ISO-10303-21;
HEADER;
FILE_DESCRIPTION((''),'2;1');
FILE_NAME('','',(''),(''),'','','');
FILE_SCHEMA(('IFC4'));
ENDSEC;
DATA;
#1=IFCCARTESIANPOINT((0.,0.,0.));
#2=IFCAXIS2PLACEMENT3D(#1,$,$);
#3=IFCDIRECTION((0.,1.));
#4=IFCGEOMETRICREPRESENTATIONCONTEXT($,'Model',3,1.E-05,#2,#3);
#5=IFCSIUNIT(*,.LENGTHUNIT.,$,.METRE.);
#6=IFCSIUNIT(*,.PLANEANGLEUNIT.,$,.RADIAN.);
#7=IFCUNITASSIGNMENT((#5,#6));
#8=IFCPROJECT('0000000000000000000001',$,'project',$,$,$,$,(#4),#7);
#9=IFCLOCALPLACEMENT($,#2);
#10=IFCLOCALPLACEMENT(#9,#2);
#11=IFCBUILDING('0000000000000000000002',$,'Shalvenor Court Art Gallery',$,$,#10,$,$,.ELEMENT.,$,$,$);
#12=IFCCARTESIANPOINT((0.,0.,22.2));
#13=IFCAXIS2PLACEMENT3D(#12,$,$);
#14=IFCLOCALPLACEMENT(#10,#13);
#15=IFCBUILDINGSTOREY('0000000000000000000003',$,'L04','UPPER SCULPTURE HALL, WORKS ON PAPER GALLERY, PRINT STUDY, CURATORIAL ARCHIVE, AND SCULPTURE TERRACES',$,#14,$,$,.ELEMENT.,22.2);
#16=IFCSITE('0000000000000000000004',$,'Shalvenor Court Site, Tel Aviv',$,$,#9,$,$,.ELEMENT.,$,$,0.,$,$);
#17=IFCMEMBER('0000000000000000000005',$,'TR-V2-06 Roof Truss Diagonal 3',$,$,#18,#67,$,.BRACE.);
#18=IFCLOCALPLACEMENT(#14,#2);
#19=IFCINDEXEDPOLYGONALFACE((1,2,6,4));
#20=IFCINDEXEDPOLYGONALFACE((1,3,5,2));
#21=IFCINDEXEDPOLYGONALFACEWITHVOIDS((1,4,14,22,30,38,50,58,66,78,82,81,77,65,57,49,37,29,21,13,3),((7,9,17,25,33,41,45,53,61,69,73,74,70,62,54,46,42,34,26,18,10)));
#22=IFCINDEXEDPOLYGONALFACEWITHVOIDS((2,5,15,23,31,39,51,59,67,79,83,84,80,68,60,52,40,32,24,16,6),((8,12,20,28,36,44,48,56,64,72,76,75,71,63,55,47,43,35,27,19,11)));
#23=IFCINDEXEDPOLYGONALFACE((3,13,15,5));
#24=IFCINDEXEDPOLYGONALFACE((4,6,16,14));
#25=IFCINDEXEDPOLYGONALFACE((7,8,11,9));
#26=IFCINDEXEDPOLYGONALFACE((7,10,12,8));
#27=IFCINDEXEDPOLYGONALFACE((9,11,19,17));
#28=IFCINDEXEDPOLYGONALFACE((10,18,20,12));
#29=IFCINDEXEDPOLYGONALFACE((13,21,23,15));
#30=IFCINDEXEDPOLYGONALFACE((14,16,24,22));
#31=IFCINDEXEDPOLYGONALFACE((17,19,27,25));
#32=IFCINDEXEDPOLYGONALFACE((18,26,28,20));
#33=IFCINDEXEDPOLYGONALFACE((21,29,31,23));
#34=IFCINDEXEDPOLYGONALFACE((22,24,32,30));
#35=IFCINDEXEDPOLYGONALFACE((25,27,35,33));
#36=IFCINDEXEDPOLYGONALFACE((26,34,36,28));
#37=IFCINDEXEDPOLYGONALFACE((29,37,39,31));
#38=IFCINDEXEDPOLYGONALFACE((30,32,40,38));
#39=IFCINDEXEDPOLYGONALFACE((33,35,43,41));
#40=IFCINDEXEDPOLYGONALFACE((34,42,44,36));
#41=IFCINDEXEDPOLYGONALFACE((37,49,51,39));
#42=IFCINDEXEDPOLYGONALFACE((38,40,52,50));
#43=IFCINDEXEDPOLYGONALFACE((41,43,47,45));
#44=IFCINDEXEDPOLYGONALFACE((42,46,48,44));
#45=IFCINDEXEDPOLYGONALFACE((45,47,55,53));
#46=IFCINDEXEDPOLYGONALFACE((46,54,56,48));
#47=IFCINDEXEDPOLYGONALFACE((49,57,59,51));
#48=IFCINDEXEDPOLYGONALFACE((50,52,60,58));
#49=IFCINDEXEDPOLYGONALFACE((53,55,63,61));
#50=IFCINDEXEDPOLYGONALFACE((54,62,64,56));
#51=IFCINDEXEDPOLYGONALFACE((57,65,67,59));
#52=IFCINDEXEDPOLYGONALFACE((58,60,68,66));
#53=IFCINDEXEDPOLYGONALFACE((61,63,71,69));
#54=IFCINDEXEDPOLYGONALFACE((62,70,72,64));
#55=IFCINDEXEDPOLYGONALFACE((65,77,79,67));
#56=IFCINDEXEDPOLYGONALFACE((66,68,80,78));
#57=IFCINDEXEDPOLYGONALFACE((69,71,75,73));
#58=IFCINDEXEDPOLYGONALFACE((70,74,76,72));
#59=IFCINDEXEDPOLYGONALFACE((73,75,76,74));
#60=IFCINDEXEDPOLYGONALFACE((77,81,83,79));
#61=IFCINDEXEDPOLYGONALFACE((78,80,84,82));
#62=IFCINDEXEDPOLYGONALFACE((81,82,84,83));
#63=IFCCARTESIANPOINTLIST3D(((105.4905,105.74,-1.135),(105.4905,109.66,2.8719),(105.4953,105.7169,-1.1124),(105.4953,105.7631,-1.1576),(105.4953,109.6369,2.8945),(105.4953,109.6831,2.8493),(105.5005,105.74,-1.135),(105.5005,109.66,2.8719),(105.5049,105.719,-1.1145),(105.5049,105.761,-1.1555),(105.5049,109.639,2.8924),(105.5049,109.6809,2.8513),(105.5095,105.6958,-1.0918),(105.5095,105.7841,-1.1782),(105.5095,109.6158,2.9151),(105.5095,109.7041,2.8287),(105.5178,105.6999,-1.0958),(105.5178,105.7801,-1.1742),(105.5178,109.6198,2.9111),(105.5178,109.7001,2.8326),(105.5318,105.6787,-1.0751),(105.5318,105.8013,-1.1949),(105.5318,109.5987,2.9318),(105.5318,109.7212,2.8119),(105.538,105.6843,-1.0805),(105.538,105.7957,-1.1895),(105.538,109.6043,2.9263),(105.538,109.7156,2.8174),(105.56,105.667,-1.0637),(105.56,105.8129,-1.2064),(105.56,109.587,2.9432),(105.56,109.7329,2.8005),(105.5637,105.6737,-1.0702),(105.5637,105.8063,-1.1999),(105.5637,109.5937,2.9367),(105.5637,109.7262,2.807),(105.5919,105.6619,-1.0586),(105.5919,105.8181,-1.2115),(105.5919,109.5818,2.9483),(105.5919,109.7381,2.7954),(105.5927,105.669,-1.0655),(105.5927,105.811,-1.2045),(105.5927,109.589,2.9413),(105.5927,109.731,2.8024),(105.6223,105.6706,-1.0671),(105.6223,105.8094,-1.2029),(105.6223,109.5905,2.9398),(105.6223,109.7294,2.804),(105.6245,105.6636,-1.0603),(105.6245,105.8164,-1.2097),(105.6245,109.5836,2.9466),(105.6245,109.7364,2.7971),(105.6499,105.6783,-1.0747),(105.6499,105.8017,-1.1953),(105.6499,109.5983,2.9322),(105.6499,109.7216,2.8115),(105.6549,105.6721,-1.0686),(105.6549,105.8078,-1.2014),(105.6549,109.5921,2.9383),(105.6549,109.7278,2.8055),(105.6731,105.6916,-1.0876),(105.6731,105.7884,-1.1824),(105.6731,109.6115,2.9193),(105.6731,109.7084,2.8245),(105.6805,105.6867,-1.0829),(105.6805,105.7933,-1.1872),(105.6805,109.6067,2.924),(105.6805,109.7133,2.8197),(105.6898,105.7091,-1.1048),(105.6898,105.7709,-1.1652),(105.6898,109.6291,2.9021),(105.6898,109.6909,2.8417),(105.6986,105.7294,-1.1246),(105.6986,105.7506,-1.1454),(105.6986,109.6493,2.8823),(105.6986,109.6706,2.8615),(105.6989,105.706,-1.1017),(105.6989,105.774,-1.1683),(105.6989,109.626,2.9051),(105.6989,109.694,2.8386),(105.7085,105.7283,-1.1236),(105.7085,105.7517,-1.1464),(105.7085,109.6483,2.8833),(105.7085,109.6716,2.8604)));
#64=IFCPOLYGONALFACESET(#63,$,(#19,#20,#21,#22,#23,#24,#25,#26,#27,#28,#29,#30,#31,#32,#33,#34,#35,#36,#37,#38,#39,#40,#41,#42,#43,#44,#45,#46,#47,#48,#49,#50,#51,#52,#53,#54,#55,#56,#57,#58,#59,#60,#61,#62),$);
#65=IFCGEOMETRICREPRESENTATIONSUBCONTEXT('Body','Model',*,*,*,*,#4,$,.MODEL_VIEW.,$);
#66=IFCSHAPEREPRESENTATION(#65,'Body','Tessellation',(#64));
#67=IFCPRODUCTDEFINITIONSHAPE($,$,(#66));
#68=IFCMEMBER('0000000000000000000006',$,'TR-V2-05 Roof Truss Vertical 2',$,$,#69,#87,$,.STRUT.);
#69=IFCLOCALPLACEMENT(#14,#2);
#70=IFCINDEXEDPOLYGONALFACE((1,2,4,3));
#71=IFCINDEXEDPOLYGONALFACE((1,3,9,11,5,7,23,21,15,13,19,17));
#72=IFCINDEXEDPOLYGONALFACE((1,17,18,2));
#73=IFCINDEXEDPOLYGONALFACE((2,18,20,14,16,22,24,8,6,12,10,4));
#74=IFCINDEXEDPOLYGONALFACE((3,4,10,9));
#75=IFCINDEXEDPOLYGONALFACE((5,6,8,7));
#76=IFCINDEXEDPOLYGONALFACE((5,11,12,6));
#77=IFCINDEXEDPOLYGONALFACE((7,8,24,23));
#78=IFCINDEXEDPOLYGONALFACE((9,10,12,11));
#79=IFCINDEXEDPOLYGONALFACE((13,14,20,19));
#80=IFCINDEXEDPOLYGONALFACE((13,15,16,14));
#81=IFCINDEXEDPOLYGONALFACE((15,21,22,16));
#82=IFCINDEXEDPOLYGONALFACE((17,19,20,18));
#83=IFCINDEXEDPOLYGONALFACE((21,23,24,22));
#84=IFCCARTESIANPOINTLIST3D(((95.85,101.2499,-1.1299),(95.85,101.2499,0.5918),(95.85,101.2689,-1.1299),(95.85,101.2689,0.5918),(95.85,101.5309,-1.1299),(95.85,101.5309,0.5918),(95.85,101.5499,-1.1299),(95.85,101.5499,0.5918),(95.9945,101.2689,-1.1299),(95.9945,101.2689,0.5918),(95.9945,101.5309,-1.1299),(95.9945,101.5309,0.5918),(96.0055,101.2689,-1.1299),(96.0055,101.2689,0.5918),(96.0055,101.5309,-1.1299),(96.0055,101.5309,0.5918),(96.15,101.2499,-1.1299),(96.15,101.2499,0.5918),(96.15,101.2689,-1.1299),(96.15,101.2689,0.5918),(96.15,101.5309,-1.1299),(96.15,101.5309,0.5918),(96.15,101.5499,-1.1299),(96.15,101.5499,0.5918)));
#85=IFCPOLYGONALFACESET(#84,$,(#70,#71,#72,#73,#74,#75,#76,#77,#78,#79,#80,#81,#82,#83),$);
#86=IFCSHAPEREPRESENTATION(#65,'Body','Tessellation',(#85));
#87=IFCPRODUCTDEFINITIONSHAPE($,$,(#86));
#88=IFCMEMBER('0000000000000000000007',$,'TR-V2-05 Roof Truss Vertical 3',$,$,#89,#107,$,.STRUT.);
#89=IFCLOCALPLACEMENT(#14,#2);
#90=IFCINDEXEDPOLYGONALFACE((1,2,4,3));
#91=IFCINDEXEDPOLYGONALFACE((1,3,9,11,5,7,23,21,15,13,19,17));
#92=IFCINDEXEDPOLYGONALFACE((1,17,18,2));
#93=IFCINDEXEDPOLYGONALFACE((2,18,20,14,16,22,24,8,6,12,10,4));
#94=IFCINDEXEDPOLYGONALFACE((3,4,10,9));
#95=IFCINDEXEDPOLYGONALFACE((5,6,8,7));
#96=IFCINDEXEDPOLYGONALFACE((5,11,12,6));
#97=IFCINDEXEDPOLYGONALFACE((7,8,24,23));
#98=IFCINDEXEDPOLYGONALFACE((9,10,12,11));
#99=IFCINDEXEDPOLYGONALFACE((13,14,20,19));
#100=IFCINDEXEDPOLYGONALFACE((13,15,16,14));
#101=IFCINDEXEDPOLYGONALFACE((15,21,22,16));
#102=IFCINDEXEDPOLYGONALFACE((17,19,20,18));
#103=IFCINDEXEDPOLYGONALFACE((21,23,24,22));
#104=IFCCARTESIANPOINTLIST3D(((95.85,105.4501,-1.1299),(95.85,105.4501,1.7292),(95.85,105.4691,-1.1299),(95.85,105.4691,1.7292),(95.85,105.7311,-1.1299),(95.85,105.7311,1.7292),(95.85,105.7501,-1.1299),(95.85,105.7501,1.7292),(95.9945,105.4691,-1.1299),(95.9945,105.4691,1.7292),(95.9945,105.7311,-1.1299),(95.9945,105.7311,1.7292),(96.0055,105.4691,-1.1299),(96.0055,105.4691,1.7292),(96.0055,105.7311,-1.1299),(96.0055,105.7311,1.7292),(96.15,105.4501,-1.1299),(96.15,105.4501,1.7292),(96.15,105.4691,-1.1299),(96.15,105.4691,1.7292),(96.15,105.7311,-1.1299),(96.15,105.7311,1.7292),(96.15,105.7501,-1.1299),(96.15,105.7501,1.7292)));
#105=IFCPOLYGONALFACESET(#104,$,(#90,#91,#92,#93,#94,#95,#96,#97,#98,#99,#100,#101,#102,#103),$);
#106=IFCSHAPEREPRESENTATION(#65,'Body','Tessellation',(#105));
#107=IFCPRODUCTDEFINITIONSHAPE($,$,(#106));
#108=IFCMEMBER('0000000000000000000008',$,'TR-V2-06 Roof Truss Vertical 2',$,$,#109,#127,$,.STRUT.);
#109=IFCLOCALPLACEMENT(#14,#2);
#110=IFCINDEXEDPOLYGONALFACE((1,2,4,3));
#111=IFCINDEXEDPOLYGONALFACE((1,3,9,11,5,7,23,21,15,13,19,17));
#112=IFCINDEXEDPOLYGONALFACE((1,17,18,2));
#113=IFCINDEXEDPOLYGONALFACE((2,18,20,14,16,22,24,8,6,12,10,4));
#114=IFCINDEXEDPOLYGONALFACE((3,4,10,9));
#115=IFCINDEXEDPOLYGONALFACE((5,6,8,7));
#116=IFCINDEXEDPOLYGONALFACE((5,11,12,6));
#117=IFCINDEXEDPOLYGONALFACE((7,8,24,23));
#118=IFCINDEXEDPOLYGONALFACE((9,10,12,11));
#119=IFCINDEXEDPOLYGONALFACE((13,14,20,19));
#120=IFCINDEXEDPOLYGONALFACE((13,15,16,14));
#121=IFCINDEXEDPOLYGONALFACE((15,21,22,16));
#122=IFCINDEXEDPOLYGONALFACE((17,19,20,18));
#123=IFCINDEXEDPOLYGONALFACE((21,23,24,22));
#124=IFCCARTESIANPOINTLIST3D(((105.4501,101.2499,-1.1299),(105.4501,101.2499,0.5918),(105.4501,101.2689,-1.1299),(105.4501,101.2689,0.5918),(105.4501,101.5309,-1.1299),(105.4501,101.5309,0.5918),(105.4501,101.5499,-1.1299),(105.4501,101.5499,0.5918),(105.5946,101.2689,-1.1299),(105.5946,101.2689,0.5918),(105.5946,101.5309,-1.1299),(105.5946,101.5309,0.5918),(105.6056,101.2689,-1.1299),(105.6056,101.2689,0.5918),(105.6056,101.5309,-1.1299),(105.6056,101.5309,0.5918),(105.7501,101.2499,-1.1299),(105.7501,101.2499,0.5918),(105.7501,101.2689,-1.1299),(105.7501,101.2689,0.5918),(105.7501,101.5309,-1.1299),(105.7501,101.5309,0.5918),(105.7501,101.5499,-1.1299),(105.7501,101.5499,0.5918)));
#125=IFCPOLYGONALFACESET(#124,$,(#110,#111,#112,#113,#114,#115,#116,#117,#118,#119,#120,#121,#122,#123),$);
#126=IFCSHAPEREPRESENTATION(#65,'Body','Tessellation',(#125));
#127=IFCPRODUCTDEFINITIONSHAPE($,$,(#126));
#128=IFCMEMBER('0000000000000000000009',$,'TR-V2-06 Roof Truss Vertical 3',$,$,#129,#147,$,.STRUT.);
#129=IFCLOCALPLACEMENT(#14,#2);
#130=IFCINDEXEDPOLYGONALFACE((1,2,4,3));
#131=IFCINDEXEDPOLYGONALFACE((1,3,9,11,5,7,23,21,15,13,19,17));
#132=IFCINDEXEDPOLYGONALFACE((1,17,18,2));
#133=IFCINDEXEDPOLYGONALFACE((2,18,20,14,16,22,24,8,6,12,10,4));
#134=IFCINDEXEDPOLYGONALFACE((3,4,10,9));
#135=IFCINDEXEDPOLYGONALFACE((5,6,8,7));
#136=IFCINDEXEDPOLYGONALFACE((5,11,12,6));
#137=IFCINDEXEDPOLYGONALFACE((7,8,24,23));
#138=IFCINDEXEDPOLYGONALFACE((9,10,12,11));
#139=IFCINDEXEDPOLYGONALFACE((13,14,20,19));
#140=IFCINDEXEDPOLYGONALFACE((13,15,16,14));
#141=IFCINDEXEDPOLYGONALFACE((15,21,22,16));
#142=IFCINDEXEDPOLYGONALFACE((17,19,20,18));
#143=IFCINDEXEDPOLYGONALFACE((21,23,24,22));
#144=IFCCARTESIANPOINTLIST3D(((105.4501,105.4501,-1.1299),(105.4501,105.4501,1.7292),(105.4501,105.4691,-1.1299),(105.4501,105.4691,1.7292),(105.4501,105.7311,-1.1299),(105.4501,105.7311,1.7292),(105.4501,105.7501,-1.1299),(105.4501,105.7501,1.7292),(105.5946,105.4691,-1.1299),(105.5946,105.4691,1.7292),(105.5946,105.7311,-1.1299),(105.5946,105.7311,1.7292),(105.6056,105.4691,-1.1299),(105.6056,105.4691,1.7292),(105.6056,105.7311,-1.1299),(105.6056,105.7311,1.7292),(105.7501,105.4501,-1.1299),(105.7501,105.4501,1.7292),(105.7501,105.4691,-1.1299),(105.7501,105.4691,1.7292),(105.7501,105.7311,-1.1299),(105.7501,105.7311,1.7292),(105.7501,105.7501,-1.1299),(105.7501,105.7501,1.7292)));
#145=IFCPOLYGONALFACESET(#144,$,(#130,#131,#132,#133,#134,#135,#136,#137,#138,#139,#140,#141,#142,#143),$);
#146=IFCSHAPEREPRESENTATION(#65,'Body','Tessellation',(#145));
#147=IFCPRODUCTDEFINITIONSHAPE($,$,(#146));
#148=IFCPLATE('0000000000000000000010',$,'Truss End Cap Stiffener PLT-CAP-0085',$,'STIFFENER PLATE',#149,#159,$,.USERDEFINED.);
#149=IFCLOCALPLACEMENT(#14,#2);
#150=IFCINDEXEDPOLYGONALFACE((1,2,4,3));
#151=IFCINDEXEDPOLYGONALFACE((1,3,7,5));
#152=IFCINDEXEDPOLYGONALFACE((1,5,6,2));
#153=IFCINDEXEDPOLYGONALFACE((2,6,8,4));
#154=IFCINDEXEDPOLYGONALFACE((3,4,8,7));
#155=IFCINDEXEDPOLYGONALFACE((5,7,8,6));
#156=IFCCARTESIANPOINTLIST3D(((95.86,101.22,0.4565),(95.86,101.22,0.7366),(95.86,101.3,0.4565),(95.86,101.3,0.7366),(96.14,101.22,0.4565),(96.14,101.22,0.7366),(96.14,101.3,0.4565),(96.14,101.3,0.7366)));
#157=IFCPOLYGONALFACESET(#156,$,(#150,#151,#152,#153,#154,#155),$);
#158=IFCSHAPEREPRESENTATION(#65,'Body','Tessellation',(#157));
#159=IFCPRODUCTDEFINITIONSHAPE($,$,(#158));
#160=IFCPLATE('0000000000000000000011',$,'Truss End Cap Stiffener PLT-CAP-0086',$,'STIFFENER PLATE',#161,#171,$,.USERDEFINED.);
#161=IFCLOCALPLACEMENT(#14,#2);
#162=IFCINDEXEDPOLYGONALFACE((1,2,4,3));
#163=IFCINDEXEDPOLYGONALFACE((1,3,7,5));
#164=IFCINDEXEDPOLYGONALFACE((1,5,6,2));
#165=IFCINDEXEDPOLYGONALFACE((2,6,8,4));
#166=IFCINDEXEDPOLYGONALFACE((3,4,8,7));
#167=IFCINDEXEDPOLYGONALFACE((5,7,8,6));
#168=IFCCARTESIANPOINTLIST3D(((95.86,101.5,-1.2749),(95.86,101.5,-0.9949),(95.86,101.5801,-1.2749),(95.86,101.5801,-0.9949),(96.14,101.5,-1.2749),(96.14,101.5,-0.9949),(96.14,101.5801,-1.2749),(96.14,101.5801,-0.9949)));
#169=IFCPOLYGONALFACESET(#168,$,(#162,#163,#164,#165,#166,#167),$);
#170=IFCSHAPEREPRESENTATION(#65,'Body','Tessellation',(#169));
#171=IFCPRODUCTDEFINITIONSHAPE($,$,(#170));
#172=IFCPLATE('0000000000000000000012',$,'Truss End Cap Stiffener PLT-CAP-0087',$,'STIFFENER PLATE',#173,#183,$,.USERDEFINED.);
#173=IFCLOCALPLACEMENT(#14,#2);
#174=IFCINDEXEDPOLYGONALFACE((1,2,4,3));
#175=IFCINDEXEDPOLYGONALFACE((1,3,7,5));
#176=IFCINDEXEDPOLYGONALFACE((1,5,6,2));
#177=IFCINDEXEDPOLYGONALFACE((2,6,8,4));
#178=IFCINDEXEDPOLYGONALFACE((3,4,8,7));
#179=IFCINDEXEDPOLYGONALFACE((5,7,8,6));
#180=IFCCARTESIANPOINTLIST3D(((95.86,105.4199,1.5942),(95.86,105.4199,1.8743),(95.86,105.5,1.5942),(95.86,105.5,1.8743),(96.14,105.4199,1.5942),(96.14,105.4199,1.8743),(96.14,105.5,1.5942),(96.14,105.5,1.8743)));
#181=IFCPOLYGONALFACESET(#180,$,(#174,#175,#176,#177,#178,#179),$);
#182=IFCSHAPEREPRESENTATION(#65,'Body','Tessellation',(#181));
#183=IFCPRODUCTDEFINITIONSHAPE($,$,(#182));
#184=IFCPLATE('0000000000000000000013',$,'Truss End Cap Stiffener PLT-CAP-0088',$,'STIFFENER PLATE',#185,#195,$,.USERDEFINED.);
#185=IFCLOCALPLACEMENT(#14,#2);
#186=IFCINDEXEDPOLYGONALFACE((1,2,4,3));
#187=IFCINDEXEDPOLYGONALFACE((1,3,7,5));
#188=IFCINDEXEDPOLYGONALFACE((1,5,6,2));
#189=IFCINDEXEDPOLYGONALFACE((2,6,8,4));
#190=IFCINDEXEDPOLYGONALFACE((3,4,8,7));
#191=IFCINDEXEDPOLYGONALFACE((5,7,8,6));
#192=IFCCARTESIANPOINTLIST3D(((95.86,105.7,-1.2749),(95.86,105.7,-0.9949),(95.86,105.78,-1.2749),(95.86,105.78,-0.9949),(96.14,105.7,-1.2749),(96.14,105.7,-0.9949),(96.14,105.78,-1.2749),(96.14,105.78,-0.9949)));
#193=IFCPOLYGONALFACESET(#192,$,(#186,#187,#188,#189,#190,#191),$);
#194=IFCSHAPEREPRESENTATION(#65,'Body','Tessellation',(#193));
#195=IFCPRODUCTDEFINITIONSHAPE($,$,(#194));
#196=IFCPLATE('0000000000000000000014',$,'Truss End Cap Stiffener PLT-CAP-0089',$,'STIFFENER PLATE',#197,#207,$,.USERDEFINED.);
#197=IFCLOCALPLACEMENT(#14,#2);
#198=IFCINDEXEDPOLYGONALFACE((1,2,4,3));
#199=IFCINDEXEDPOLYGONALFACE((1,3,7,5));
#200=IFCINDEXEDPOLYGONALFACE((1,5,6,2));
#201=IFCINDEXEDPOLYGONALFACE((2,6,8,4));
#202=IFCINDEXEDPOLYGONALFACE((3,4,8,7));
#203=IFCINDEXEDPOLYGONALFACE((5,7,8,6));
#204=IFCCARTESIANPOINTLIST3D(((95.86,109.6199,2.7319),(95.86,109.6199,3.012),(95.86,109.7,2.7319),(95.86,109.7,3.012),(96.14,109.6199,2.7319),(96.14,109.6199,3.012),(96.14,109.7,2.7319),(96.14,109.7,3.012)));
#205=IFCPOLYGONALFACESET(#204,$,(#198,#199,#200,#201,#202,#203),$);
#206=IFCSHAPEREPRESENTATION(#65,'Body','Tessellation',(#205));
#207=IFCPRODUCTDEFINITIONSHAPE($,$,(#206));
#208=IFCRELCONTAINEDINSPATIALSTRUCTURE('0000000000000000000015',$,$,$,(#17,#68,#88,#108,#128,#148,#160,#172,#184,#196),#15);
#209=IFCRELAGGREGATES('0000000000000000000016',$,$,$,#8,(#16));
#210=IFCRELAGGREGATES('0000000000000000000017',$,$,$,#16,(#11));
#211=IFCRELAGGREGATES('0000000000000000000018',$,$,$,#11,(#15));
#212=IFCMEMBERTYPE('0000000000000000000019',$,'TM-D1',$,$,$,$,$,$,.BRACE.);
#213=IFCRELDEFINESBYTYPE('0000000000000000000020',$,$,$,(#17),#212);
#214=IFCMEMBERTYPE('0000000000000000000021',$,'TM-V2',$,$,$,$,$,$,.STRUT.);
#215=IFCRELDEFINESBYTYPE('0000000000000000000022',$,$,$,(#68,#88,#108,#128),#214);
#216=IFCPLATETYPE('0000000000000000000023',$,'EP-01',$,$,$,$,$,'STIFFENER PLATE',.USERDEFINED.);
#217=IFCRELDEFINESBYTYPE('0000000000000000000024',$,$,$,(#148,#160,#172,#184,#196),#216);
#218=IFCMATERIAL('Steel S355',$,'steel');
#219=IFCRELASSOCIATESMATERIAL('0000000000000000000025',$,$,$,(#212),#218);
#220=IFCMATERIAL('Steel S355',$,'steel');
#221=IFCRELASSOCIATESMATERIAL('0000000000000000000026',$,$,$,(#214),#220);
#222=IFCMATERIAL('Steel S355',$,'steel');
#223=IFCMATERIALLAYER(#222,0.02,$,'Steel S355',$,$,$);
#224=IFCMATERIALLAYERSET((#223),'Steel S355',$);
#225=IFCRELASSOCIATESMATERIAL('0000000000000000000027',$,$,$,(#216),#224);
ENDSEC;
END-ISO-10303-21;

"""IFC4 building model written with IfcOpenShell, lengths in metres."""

from ifc_helpers import new_model, si_unit, direction, frame, origin, origin_2d, place, context, subcontext, project, spatial, rectangle, hollow_circle, i_section, extrude, material, layer, layer_set, material_profile, profile_set, type_object, element, save


model = new_model("IFC4")

# Units and contexts
model_context = context("Model", 3, precision=1e-05, world=origin(), true_north=direction((0.0, 1.0)))
body_context = subcontext(model_context, "Body", "Model", "MODEL_VIEW")
ifc_project = project(units=[si_unit("LENGTHUNIT", "METRE"), si_unit("PLANEANGLEUNIT", "RADIAN")], contexts=[model_context])

# Site, building, storey
site_placement = place(None, origin())
site = spatial("IfcSite", under=ifc_project, at=site_placement, Name="Shalvenor Court Site, Tel Aviv", CompositionType="ELEMENT", RefElevation=0.0)
building_placement = place(site_placement, origin())
building = spatial("IfcBuilding", under=site, at=building_placement, Name="Shalvenor Court Art Gallery", CompositionType="ELEMENT")
storey_placement = place(building_placement, frame((0.0, 0.0, 22.2)))
storey = spatial("IfcBuildingStorey", under=building, at=storey_placement, Name="L04", Description="UPPER SCULPTURE HALL, WORKS ON PAPER GALLERY, PRINT STUDY, CURATORIAL ARCHIVE, AND SCULPTURE TERRACES", CompositionType="ELEMENT", Elevation=22.2)

# Members
ifc_material_1 = material(Name="Steel S355", Category="steel")
ifc_material_profile_1 = material_profile(ifc_material_1, hollow_circle(Radius=0.1096, WallThickness=0.01, at=origin_2d()), Name="CHS 219.1x10.0")
ifc_profile_set_1 = profile_set([ifc_material_profile_1], Name="Steel S355")
member_type_1 = type_object("IfcMemberType", Name="TM-D1", PredefinedType="BRACE", material=ifc_profile_set_1)
member_1_placement = place(storey_placement, frame((105.6001, 105.74, -1.135), z_axis=(0.0, 0.699312, 0.714817), x_axis=(-1.0, 0.0, 0.0)))
element("IfcMember", 1, at=member_1_placement, inside=storey, type_object=member_type_1, Name="TR-V2-06 Roof Truss Diagonal 3", PredefinedType="BRACE", context=body_context, shape_type="SweptSolid", body=[
    extrude(hollow_circle(Radius=0.1096, WallThickness=0.01, at=origin_2d()), origin(), (0.0, 0.0, 1.0), 5.6055),
])
ifc_material_2 = material(Name="Steel S355", Category="steel")
ifc_material_profile_2 = material_profile(ifc_material_2, i_section(OverallWidth=0.3, OverallDepth=0.3, WebThickness=0.011, FlangeThickness=0.019, at=origin_2d()), Name="HEB 300")
ifc_profile_set_2 = profile_set([ifc_material_profile_2], Name="Steel S355")
member_type_2 = type_object("IfcMemberType", Name="TM-V2", PredefinedType="STRUT", material=ifc_profile_set_2)
member_2_placement = place(storey_placement, frame((96.0, 101.3999, -1.1299), z_axis=(0.0, 0.0, 1.0), x_axis=(1.0, 0.0, 0.0)))
element("IfcMember", 2, at=member_2_placement, inside=storey, type_object=member_type_2, Name="TR-V2-05 Roof Truss Vertical 2", PredefinedType="STRUT", context=body_context, shape_type="SweptSolid", body=[
    extrude(i_section(OverallWidth=0.3, OverallDepth=0.3, WebThickness=0.011, FlangeThickness=0.019, at=origin_2d()), origin(), (0.0, 0.0, 1.0), 1.7217),
])
member_3_placement = place(storey_placement, frame((96.0, 105.6001, -1.1299), z_axis=(0.0, 0.0, 1.0), x_axis=(1.0, 0.0, 0.0)))
element("IfcMember", 3, at=member_3_placement, inside=storey, type_object=member_type_2, Name="TR-V2-05 Roof Truss Vertical 3", PredefinedType="STRUT", context=body_context, shape_type="SweptSolid", body=[
    extrude(i_section(OverallWidth=0.3, OverallDepth=0.3, WebThickness=0.011, FlangeThickness=0.019, at=origin_2d()), origin(), (0.0, 0.0, 1.0), 2.8591),
])
member_4_placement = place(storey_placement, frame((105.6001, 101.3999, -1.1299), z_axis=(0.0, 0.0, 1.0), x_axis=(1.0, 0.0, 0.0)))
element("IfcMember", 4, at=member_4_placement, inside=storey, type_object=member_type_2, Name="TR-V2-06 Roof Truss Vertical 2", PredefinedType="STRUT", context=body_context, shape_type="SweptSolid", body=[
    extrude(i_section(OverallWidth=0.3, OverallDepth=0.3, WebThickness=0.011, FlangeThickness=0.019, at=origin_2d()), origin(), (0.0, 0.0, 1.0), 1.7217),
])
member_5_placement = place(storey_placement, frame((105.6001, 105.6001, -1.1299), z_axis=(0.0, 0.0, 1.0), x_axis=(1.0, 0.0, 0.0)))
element("IfcMember", 5, at=member_5_placement, inside=storey, type_object=member_type_2, Name="TR-V2-06 Roof Truss Vertical 3", PredefinedType="STRUT", context=body_context, shape_type="SweptSolid", body=[
    extrude(i_section(OverallWidth=0.3, OverallDepth=0.3, WebThickness=0.011, FlangeThickness=0.019, at=origin_2d()), origin(), (0.0, 0.0, 1.0), 2.8591),
])

# Plates
ifc_material_3 = material(Name="Steel S355", Category="steel")
ifc_layer_1 = layer(ifc_material_3, 0.02, Name="Steel S355")
ifc_layer_set_1 = layer_set([ifc_layer_1], Name="Steel S355")
plate_type_1 = type_object("IfcPlateType", Name="EP-01", ElementType="STIFFENER PLATE", PredefinedType="USERDEFINED", material=ifc_layer_set_1)
for number, where, z_axis, x_axis, name in (
    (6, (96.0, 101.26, 0.4565), (0.0, 0.0, 1.0), (1.0, 0.0, 0.0), "Truss End Cap Stiffener PLT-CAP-0085"),
    (7, (96.0, 101.54, -1.2749), (0.0, 0.0, 1.0), (1.0, 0.0, 0.0), "Truss End Cap Stiffener PLT-CAP-0086"),
    (8, (96.0, 105.46, 1.5942), (0.0, 0.0, 1.0), (1.0, 0.0, 0.0), "Truss End Cap Stiffener PLT-CAP-0087"),
    (9, (96.0, 105.74, -1.2749), (0.0, 0.0, 1.0), (1.0, 0.0, 0.0), "Truss End Cap Stiffener PLT-CAP-0088"),
    (10, (96.0, 109.6599, 2.7319), (0.0, 0.0, 1.0), (1.0, 0.0, 0.0), "Truss End Cap Stiffener PLT-CAP-0089"),
):
    element("IfcPlate", number, at=place(storey_placement, frame(where, z_axis=z_axis, x_axis=x_axis)), inside=storey, type_object=plate_type_1, Name=name, ObjectType="STIFFENER PLATE", PredefinedType="USERDEFINED", context=body_context, shape_type="SweptSolid", body=[
        extrude(rectangle(XDim=0.28, YDim=0.0801, at=origin_2d()), origin(), (0.0, 0.0, 1.0), 0.28),
    ])

save(model, "model.ifc")
